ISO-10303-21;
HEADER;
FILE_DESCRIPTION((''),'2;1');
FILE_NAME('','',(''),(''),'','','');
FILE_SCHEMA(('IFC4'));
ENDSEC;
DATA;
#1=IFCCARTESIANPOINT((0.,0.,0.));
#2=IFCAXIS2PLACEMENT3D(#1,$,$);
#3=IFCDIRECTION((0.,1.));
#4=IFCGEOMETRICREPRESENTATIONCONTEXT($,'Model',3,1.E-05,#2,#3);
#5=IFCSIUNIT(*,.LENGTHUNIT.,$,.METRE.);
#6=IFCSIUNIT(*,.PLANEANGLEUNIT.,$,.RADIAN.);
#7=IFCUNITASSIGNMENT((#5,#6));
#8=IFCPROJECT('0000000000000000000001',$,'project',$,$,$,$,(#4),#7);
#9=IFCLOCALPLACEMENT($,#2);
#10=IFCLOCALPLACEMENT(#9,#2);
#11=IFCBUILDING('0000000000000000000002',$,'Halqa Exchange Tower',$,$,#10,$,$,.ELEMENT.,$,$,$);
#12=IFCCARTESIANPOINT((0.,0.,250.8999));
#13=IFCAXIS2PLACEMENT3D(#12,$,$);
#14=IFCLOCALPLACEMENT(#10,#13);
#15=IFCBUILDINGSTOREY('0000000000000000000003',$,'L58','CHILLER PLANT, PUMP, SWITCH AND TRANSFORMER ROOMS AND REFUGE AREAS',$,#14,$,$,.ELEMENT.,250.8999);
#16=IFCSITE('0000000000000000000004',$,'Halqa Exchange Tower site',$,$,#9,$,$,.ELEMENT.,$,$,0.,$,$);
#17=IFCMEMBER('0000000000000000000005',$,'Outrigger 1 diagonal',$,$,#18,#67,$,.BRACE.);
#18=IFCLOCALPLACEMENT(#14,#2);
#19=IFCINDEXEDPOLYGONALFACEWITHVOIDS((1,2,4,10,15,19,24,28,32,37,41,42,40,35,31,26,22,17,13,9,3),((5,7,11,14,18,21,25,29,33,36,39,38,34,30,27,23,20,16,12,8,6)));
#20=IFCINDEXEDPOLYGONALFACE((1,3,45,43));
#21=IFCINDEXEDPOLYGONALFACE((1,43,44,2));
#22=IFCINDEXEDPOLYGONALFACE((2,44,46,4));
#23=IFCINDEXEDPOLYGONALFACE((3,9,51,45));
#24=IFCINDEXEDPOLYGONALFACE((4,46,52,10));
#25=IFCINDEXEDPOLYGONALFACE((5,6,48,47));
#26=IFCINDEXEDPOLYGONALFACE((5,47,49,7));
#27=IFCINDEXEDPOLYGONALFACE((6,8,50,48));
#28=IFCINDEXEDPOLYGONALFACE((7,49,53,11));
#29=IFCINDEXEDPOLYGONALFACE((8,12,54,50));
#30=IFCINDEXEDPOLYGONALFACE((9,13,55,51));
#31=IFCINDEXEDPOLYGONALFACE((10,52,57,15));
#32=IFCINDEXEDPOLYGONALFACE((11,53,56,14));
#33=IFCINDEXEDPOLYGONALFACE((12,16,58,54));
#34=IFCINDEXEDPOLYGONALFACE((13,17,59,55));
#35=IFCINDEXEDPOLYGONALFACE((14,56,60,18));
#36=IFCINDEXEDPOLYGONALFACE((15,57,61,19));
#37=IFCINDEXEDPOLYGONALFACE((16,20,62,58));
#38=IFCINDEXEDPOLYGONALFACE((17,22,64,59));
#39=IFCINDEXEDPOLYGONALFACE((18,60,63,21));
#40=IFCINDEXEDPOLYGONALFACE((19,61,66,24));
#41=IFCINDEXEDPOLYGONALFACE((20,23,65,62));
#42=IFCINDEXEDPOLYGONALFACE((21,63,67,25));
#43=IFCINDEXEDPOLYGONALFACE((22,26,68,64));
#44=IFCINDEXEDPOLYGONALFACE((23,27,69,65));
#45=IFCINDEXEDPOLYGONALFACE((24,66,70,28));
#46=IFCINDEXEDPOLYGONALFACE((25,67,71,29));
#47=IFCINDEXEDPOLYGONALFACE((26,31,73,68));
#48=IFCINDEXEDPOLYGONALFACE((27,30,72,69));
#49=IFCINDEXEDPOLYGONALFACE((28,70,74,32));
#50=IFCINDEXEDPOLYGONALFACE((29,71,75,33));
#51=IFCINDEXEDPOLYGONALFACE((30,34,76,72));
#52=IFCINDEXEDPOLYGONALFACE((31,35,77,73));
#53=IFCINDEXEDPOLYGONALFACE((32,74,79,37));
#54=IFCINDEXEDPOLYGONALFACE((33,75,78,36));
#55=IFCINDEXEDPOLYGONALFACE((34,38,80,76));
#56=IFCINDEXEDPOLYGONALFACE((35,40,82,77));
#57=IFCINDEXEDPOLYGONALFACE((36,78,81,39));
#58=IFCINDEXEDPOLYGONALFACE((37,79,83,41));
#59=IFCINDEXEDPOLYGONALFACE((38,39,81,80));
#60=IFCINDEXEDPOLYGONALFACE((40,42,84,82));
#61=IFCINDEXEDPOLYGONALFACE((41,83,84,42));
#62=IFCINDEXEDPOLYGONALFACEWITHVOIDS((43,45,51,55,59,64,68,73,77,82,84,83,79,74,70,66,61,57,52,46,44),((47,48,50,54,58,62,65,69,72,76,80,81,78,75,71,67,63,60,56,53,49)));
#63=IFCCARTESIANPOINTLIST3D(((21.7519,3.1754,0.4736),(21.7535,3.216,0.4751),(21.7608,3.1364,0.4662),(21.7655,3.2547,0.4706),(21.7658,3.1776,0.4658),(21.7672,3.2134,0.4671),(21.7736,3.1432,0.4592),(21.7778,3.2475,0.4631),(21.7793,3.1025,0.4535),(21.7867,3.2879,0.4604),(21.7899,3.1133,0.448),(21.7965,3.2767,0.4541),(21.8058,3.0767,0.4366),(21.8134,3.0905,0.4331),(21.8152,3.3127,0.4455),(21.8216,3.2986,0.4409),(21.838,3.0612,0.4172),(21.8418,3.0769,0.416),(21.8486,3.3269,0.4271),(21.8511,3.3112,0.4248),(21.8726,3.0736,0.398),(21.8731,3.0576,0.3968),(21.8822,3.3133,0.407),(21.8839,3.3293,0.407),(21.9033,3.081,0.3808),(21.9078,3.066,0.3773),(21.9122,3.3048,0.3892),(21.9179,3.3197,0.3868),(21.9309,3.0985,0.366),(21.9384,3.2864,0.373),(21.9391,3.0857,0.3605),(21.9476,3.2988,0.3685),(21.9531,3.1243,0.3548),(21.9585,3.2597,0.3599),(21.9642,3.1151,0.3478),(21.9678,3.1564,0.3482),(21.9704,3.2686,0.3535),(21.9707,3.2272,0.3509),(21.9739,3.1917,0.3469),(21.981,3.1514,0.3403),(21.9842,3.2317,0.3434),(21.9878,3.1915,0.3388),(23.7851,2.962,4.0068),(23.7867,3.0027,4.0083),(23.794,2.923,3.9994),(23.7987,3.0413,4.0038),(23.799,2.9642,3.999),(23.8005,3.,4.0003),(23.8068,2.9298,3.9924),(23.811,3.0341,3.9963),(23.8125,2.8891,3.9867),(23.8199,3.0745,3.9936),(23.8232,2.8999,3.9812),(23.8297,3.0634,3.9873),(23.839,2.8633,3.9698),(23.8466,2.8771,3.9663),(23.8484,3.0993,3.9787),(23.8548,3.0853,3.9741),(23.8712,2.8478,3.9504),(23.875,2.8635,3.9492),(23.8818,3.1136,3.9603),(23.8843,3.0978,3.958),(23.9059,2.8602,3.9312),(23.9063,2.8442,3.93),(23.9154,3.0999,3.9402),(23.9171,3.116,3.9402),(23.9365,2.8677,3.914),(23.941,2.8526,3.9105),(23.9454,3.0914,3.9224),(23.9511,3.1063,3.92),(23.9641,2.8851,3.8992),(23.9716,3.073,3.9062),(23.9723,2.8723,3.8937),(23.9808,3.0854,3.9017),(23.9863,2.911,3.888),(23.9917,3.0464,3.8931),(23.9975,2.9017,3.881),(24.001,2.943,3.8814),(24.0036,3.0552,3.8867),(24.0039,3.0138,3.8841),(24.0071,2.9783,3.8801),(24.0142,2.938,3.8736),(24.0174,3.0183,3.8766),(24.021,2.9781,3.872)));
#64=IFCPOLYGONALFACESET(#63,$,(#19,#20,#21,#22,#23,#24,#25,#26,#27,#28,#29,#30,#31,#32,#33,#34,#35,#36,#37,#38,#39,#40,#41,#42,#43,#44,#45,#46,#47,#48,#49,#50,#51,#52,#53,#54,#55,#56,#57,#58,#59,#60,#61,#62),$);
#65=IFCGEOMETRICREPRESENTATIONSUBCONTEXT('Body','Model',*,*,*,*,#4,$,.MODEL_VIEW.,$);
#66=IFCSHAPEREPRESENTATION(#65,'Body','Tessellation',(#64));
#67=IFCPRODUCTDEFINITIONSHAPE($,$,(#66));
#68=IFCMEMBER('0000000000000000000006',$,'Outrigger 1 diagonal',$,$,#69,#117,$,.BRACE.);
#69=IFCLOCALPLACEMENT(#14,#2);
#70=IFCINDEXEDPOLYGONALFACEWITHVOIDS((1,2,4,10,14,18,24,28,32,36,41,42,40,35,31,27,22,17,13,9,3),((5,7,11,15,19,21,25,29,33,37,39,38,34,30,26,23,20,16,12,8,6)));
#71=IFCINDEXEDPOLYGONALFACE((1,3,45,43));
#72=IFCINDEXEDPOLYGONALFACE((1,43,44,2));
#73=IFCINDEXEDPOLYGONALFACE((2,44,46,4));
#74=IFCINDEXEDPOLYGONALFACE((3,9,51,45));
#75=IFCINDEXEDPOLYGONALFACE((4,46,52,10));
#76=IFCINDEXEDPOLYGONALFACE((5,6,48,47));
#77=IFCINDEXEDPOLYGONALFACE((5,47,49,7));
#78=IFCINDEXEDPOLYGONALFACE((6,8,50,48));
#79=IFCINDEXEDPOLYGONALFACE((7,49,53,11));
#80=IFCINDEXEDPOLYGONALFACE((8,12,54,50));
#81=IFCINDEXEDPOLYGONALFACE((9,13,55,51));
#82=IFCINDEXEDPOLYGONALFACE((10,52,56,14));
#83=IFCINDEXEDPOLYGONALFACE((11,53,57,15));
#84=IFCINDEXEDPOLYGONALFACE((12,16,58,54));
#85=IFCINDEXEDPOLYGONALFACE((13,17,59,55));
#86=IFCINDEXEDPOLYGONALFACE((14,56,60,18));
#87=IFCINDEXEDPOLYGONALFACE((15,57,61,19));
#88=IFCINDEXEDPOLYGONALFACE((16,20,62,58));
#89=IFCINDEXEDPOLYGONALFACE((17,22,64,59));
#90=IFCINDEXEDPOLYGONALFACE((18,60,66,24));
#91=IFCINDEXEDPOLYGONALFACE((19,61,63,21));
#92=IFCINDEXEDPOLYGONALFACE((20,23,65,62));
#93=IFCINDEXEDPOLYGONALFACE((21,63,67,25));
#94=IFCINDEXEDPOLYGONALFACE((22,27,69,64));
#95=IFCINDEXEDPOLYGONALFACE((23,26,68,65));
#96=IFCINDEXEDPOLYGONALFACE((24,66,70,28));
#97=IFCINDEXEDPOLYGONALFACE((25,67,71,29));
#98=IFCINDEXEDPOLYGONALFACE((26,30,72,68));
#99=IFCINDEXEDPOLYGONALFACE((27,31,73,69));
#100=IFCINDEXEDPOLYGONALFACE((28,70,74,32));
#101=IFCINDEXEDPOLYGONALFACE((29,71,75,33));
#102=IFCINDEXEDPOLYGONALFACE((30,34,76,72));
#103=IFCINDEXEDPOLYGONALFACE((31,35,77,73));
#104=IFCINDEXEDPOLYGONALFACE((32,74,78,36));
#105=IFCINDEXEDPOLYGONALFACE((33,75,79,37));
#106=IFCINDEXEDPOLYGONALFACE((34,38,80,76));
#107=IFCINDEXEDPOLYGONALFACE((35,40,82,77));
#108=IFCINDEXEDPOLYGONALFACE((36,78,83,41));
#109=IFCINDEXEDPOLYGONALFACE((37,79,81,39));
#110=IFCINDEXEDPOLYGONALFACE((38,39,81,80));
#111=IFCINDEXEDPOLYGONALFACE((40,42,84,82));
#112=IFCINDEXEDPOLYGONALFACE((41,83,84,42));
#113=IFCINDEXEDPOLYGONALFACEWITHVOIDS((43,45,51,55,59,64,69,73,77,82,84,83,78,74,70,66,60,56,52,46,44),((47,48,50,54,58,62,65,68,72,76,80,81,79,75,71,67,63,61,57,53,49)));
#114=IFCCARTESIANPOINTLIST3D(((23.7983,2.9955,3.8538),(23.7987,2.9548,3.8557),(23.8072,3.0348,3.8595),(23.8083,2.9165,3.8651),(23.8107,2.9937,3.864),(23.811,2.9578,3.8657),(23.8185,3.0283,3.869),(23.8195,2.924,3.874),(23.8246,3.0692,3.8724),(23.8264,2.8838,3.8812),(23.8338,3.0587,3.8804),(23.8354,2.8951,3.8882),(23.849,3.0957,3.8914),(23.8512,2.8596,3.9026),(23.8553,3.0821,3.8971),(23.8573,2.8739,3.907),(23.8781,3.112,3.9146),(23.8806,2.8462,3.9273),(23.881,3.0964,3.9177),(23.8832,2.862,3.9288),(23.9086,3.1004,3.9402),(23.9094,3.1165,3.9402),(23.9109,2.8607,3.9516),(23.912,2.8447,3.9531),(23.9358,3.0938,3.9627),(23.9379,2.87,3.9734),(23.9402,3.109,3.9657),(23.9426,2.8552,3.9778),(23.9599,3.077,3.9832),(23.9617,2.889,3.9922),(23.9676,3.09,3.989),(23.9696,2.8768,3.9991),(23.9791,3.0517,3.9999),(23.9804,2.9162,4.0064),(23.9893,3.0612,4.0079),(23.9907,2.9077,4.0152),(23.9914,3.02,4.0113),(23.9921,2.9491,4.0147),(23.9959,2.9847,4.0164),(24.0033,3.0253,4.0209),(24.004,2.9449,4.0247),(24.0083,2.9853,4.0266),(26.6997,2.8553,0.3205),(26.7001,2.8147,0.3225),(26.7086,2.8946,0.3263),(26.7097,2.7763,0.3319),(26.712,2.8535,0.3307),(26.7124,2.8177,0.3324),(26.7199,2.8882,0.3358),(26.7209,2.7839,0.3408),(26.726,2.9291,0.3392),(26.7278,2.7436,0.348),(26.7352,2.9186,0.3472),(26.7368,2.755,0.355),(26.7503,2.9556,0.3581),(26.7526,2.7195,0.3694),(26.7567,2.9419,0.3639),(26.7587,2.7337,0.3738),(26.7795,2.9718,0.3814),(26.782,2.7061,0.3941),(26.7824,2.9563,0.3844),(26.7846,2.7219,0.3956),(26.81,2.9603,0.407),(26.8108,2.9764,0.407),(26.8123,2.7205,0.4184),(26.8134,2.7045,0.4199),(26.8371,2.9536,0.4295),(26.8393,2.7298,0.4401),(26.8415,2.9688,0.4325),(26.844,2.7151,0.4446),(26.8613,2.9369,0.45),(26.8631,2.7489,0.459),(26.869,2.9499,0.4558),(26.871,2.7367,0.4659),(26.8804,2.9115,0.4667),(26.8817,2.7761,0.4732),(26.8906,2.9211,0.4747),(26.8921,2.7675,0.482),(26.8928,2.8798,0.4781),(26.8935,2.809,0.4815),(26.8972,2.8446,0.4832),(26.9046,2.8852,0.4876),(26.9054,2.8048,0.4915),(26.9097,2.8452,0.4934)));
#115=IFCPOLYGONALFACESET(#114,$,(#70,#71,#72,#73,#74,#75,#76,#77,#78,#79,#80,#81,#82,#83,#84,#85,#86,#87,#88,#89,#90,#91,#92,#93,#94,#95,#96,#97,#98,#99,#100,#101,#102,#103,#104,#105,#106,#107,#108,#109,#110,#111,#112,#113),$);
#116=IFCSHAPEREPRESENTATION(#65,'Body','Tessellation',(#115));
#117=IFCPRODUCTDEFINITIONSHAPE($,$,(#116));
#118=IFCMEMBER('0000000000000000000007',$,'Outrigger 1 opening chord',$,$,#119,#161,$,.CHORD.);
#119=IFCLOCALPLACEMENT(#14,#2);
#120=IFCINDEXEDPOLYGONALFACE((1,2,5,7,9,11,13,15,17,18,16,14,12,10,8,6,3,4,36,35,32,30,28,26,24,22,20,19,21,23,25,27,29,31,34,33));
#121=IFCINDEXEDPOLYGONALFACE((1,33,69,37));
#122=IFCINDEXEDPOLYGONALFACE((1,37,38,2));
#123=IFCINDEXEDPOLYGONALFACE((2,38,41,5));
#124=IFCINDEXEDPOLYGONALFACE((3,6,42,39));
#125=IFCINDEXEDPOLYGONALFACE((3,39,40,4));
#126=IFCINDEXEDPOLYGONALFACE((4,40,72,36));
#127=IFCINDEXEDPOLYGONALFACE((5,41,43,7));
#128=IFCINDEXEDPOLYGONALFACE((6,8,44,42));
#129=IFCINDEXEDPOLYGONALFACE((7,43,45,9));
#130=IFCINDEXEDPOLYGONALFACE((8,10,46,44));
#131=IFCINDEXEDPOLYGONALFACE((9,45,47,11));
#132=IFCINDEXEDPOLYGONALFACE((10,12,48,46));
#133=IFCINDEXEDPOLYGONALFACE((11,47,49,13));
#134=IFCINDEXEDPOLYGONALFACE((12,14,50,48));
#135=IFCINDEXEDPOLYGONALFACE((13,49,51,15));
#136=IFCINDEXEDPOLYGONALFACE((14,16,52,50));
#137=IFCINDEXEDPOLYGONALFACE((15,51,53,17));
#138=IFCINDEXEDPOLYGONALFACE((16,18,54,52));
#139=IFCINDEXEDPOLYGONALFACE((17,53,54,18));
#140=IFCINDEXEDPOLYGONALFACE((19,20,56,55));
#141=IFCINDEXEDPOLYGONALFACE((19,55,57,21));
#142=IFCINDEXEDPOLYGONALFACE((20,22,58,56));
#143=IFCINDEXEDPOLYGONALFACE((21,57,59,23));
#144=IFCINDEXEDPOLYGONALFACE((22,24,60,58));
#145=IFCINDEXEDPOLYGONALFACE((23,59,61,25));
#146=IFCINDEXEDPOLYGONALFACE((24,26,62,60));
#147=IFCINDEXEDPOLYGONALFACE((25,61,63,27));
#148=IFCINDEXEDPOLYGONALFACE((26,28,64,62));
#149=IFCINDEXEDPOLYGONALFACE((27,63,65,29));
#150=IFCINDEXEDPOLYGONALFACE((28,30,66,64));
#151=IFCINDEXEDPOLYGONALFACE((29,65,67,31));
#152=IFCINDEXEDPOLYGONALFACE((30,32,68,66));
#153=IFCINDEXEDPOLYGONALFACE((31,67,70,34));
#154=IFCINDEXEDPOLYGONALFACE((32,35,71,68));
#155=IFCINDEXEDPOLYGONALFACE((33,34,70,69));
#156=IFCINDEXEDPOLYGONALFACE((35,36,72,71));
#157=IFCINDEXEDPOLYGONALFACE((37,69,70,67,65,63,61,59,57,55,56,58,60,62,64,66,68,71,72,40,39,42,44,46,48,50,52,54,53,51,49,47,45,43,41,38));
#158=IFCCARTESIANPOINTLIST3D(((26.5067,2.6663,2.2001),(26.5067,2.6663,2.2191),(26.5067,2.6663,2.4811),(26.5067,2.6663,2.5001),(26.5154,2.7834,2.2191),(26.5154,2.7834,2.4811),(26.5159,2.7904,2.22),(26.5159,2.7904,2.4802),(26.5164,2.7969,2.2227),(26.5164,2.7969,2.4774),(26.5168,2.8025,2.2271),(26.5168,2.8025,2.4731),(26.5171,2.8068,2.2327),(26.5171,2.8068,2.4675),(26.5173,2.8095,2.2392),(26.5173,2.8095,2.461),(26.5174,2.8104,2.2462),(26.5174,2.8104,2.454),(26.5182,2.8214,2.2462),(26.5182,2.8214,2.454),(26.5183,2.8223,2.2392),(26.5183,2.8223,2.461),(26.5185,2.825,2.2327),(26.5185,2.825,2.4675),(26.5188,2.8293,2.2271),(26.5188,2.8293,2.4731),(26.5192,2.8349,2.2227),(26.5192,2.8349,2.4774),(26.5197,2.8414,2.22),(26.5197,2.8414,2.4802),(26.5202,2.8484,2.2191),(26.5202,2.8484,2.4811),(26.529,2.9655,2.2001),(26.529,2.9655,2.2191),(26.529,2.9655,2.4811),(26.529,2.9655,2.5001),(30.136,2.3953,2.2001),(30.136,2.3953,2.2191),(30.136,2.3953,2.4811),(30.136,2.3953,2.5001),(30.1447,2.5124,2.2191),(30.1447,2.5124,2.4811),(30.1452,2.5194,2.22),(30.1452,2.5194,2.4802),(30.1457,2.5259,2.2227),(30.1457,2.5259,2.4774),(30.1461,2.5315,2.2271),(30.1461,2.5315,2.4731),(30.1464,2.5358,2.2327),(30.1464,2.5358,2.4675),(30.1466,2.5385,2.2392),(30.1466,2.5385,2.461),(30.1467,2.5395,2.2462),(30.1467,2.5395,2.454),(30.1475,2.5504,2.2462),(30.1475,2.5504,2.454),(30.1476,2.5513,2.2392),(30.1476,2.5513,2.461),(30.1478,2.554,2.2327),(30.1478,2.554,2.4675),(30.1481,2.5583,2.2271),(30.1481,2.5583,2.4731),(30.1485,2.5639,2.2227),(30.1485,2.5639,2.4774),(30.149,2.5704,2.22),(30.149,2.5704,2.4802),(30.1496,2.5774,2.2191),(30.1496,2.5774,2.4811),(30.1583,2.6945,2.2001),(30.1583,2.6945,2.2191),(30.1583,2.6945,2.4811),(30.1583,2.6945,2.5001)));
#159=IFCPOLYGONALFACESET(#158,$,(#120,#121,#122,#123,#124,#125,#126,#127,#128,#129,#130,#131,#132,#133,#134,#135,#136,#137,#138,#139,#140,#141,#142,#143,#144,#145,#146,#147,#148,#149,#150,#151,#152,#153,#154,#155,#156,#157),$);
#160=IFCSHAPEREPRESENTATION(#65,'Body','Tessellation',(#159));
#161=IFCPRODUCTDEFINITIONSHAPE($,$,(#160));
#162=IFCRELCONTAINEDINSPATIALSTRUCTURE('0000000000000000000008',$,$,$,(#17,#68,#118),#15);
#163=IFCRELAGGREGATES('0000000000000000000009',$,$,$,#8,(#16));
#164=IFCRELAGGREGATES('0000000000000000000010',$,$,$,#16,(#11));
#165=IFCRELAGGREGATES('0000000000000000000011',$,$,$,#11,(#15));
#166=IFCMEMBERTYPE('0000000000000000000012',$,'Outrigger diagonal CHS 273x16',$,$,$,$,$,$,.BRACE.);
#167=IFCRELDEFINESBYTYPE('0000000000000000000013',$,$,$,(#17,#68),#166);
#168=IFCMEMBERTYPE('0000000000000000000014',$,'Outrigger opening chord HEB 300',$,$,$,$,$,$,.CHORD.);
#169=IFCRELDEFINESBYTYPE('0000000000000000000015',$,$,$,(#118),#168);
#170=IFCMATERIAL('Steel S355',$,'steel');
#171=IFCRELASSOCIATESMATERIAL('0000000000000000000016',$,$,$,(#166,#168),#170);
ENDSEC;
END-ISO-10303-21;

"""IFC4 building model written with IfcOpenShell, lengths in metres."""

from ifc_helpers import new_model, si_unit, direction, frame, origin, origin_2d, place, context, subcontext, project, spatial, hollow_circle, i_section, extrude, material, material_profile, profile_set, type_object, element, save


model = new_model("IFC4")

# Units and contexts
model_context = context("Model", 3, precision=1e-05, world=origin(), true_north=direction((0.0, 1.0)))
body_context = subcontext(model_context, "Body", "Model", "MODEL_VIEW")
ifc_project = project(units=[si_unit("LENGTHUNIT", "METRE"), si_unit("PLANEANGLEUNIT", "RADIAN")], contexts=[model_context])

# Site, building, storey
site_placement = place(None, origin())
site = spatial("IfcSite", under=ifc_project, at=site_placement, Name="Halqa Exchange Tower site", CompositionType="ELEMENT", RefElevation=0.0)
building_placement = place(site_placement, origin())
building = spatial("IfcBuilding", under=site, at=building_placement, Name="Halqa Exchange Tower", CompositionType="ELEMENT")
storey_placement = place(building_placement, frame((0.0, 0.0, 250.8999)))
storey = spatial("IfcBuildingStorey", under=building, at=storey_placement, Name="L58", Description="CHILLER PLANT, PUMP, SWITCH AND TRANSFORMER ROOMS AND REFUGE AREAS", CompositionType="ELEMENT", Elevation=250.8999)

# Members
ifc_material_1 = material(Name="Steel S355", Category="steel")
ifc_material_profile_1 = material_profile(ifc_material_1, hollow_circle(Radius=0.1365, WallThickness=0.0161, at=origin_2d()), Name="CHS 273x16")
ifc_profile_set_1 = profile_set([ifc_material_profile_1], Name="Steel S355")
member_type_1 = type_object("IfcMemberType", Name="Outrigger diagonal CHS 273x16", PredefinedType="BRACE", material=ifc_profile_set_1)
member_1_placement = place(storey_placement, frame((21.8696, 3.1936, 0.407), z_axis=(0.498086, -0.052273, 0.86555), x_axis=(0.104374, 0.994538, 0.0)))
element("IfcMember", 1, at=member_1_placement, inside=storey, type_object=member_type_1, Name="Outrigger 1 diagonal", PredefinedType="BRACE", context=body_context, shape_type="SweptSolid", body=[
    extrude(hollow_circle(Radius=0.1365, WallThickness=0.0161, at=origin_2d()), origin(), (0.0, 0.0, 1.0), 4.082),
])
member_2_placement = place(storey_placement, frame((23.9028, 2.9802, 3.9402), z_axis=(0.634323, -0.030638, -0.772461), x_axis=(0.048244, 0.998836, 0.0)))
element("IfcMember", 2, at=member_2_placement, inside=storey, type_object=member_type_1, Name="Outrigger 1 diagonal", PredefinedType="BRACE", context=body_context, shape_type="SweptSolid", body=[
    extrude(hollow_circle(Radius=0.1365, WallThickness=0.0161, at=origin_2d()), origin(), (0.0, 0.0, 1.0), 4.574),
])
ifc_material_profile_2 = material_profile(ifc_material_1, i_section(OverallWidth=0.3, OverallDepth=0.3, WebThickness=0.011, FlangeThickness=0.019, FilletRadius=0.0271, at=origin_2d()), Name="HEB 300")
ifc_profile_set_2 = profile_set([ifc_material_profile_2], Name="Steel S355")
member_type_2 = type_object("IfcMemberType", Name="Outrigger opening chord HEB 300", PredefinedType="CHORD", material=ifc_profile_set_2)
member_3_placement = place(storey_placement, frame((26.5178, 2.8159, 2.3501), z_axis=(0.997224, -0.07446, 0.0), x_axis=(0.07446, 0.997224, 0.0)))
element("IfcMember", 3, at=member_3_placement, inside=storey, type_object=member_type_2, Name="Outrigger 1 opening chord", PredefinedType="CHORD", context=body_context, shape_type="SweptSolid", body=[
    extrude(i_section(OverallWidth=0.3, OverallDepth=0.3, WebThickness=0.011, FlangeThickness=0.019, FilletRadius=0.0271, at=origin_2d()), origin(), (0.0, 0.0, 1.0), 3.6394),
])

save(model, "model.ifc")
